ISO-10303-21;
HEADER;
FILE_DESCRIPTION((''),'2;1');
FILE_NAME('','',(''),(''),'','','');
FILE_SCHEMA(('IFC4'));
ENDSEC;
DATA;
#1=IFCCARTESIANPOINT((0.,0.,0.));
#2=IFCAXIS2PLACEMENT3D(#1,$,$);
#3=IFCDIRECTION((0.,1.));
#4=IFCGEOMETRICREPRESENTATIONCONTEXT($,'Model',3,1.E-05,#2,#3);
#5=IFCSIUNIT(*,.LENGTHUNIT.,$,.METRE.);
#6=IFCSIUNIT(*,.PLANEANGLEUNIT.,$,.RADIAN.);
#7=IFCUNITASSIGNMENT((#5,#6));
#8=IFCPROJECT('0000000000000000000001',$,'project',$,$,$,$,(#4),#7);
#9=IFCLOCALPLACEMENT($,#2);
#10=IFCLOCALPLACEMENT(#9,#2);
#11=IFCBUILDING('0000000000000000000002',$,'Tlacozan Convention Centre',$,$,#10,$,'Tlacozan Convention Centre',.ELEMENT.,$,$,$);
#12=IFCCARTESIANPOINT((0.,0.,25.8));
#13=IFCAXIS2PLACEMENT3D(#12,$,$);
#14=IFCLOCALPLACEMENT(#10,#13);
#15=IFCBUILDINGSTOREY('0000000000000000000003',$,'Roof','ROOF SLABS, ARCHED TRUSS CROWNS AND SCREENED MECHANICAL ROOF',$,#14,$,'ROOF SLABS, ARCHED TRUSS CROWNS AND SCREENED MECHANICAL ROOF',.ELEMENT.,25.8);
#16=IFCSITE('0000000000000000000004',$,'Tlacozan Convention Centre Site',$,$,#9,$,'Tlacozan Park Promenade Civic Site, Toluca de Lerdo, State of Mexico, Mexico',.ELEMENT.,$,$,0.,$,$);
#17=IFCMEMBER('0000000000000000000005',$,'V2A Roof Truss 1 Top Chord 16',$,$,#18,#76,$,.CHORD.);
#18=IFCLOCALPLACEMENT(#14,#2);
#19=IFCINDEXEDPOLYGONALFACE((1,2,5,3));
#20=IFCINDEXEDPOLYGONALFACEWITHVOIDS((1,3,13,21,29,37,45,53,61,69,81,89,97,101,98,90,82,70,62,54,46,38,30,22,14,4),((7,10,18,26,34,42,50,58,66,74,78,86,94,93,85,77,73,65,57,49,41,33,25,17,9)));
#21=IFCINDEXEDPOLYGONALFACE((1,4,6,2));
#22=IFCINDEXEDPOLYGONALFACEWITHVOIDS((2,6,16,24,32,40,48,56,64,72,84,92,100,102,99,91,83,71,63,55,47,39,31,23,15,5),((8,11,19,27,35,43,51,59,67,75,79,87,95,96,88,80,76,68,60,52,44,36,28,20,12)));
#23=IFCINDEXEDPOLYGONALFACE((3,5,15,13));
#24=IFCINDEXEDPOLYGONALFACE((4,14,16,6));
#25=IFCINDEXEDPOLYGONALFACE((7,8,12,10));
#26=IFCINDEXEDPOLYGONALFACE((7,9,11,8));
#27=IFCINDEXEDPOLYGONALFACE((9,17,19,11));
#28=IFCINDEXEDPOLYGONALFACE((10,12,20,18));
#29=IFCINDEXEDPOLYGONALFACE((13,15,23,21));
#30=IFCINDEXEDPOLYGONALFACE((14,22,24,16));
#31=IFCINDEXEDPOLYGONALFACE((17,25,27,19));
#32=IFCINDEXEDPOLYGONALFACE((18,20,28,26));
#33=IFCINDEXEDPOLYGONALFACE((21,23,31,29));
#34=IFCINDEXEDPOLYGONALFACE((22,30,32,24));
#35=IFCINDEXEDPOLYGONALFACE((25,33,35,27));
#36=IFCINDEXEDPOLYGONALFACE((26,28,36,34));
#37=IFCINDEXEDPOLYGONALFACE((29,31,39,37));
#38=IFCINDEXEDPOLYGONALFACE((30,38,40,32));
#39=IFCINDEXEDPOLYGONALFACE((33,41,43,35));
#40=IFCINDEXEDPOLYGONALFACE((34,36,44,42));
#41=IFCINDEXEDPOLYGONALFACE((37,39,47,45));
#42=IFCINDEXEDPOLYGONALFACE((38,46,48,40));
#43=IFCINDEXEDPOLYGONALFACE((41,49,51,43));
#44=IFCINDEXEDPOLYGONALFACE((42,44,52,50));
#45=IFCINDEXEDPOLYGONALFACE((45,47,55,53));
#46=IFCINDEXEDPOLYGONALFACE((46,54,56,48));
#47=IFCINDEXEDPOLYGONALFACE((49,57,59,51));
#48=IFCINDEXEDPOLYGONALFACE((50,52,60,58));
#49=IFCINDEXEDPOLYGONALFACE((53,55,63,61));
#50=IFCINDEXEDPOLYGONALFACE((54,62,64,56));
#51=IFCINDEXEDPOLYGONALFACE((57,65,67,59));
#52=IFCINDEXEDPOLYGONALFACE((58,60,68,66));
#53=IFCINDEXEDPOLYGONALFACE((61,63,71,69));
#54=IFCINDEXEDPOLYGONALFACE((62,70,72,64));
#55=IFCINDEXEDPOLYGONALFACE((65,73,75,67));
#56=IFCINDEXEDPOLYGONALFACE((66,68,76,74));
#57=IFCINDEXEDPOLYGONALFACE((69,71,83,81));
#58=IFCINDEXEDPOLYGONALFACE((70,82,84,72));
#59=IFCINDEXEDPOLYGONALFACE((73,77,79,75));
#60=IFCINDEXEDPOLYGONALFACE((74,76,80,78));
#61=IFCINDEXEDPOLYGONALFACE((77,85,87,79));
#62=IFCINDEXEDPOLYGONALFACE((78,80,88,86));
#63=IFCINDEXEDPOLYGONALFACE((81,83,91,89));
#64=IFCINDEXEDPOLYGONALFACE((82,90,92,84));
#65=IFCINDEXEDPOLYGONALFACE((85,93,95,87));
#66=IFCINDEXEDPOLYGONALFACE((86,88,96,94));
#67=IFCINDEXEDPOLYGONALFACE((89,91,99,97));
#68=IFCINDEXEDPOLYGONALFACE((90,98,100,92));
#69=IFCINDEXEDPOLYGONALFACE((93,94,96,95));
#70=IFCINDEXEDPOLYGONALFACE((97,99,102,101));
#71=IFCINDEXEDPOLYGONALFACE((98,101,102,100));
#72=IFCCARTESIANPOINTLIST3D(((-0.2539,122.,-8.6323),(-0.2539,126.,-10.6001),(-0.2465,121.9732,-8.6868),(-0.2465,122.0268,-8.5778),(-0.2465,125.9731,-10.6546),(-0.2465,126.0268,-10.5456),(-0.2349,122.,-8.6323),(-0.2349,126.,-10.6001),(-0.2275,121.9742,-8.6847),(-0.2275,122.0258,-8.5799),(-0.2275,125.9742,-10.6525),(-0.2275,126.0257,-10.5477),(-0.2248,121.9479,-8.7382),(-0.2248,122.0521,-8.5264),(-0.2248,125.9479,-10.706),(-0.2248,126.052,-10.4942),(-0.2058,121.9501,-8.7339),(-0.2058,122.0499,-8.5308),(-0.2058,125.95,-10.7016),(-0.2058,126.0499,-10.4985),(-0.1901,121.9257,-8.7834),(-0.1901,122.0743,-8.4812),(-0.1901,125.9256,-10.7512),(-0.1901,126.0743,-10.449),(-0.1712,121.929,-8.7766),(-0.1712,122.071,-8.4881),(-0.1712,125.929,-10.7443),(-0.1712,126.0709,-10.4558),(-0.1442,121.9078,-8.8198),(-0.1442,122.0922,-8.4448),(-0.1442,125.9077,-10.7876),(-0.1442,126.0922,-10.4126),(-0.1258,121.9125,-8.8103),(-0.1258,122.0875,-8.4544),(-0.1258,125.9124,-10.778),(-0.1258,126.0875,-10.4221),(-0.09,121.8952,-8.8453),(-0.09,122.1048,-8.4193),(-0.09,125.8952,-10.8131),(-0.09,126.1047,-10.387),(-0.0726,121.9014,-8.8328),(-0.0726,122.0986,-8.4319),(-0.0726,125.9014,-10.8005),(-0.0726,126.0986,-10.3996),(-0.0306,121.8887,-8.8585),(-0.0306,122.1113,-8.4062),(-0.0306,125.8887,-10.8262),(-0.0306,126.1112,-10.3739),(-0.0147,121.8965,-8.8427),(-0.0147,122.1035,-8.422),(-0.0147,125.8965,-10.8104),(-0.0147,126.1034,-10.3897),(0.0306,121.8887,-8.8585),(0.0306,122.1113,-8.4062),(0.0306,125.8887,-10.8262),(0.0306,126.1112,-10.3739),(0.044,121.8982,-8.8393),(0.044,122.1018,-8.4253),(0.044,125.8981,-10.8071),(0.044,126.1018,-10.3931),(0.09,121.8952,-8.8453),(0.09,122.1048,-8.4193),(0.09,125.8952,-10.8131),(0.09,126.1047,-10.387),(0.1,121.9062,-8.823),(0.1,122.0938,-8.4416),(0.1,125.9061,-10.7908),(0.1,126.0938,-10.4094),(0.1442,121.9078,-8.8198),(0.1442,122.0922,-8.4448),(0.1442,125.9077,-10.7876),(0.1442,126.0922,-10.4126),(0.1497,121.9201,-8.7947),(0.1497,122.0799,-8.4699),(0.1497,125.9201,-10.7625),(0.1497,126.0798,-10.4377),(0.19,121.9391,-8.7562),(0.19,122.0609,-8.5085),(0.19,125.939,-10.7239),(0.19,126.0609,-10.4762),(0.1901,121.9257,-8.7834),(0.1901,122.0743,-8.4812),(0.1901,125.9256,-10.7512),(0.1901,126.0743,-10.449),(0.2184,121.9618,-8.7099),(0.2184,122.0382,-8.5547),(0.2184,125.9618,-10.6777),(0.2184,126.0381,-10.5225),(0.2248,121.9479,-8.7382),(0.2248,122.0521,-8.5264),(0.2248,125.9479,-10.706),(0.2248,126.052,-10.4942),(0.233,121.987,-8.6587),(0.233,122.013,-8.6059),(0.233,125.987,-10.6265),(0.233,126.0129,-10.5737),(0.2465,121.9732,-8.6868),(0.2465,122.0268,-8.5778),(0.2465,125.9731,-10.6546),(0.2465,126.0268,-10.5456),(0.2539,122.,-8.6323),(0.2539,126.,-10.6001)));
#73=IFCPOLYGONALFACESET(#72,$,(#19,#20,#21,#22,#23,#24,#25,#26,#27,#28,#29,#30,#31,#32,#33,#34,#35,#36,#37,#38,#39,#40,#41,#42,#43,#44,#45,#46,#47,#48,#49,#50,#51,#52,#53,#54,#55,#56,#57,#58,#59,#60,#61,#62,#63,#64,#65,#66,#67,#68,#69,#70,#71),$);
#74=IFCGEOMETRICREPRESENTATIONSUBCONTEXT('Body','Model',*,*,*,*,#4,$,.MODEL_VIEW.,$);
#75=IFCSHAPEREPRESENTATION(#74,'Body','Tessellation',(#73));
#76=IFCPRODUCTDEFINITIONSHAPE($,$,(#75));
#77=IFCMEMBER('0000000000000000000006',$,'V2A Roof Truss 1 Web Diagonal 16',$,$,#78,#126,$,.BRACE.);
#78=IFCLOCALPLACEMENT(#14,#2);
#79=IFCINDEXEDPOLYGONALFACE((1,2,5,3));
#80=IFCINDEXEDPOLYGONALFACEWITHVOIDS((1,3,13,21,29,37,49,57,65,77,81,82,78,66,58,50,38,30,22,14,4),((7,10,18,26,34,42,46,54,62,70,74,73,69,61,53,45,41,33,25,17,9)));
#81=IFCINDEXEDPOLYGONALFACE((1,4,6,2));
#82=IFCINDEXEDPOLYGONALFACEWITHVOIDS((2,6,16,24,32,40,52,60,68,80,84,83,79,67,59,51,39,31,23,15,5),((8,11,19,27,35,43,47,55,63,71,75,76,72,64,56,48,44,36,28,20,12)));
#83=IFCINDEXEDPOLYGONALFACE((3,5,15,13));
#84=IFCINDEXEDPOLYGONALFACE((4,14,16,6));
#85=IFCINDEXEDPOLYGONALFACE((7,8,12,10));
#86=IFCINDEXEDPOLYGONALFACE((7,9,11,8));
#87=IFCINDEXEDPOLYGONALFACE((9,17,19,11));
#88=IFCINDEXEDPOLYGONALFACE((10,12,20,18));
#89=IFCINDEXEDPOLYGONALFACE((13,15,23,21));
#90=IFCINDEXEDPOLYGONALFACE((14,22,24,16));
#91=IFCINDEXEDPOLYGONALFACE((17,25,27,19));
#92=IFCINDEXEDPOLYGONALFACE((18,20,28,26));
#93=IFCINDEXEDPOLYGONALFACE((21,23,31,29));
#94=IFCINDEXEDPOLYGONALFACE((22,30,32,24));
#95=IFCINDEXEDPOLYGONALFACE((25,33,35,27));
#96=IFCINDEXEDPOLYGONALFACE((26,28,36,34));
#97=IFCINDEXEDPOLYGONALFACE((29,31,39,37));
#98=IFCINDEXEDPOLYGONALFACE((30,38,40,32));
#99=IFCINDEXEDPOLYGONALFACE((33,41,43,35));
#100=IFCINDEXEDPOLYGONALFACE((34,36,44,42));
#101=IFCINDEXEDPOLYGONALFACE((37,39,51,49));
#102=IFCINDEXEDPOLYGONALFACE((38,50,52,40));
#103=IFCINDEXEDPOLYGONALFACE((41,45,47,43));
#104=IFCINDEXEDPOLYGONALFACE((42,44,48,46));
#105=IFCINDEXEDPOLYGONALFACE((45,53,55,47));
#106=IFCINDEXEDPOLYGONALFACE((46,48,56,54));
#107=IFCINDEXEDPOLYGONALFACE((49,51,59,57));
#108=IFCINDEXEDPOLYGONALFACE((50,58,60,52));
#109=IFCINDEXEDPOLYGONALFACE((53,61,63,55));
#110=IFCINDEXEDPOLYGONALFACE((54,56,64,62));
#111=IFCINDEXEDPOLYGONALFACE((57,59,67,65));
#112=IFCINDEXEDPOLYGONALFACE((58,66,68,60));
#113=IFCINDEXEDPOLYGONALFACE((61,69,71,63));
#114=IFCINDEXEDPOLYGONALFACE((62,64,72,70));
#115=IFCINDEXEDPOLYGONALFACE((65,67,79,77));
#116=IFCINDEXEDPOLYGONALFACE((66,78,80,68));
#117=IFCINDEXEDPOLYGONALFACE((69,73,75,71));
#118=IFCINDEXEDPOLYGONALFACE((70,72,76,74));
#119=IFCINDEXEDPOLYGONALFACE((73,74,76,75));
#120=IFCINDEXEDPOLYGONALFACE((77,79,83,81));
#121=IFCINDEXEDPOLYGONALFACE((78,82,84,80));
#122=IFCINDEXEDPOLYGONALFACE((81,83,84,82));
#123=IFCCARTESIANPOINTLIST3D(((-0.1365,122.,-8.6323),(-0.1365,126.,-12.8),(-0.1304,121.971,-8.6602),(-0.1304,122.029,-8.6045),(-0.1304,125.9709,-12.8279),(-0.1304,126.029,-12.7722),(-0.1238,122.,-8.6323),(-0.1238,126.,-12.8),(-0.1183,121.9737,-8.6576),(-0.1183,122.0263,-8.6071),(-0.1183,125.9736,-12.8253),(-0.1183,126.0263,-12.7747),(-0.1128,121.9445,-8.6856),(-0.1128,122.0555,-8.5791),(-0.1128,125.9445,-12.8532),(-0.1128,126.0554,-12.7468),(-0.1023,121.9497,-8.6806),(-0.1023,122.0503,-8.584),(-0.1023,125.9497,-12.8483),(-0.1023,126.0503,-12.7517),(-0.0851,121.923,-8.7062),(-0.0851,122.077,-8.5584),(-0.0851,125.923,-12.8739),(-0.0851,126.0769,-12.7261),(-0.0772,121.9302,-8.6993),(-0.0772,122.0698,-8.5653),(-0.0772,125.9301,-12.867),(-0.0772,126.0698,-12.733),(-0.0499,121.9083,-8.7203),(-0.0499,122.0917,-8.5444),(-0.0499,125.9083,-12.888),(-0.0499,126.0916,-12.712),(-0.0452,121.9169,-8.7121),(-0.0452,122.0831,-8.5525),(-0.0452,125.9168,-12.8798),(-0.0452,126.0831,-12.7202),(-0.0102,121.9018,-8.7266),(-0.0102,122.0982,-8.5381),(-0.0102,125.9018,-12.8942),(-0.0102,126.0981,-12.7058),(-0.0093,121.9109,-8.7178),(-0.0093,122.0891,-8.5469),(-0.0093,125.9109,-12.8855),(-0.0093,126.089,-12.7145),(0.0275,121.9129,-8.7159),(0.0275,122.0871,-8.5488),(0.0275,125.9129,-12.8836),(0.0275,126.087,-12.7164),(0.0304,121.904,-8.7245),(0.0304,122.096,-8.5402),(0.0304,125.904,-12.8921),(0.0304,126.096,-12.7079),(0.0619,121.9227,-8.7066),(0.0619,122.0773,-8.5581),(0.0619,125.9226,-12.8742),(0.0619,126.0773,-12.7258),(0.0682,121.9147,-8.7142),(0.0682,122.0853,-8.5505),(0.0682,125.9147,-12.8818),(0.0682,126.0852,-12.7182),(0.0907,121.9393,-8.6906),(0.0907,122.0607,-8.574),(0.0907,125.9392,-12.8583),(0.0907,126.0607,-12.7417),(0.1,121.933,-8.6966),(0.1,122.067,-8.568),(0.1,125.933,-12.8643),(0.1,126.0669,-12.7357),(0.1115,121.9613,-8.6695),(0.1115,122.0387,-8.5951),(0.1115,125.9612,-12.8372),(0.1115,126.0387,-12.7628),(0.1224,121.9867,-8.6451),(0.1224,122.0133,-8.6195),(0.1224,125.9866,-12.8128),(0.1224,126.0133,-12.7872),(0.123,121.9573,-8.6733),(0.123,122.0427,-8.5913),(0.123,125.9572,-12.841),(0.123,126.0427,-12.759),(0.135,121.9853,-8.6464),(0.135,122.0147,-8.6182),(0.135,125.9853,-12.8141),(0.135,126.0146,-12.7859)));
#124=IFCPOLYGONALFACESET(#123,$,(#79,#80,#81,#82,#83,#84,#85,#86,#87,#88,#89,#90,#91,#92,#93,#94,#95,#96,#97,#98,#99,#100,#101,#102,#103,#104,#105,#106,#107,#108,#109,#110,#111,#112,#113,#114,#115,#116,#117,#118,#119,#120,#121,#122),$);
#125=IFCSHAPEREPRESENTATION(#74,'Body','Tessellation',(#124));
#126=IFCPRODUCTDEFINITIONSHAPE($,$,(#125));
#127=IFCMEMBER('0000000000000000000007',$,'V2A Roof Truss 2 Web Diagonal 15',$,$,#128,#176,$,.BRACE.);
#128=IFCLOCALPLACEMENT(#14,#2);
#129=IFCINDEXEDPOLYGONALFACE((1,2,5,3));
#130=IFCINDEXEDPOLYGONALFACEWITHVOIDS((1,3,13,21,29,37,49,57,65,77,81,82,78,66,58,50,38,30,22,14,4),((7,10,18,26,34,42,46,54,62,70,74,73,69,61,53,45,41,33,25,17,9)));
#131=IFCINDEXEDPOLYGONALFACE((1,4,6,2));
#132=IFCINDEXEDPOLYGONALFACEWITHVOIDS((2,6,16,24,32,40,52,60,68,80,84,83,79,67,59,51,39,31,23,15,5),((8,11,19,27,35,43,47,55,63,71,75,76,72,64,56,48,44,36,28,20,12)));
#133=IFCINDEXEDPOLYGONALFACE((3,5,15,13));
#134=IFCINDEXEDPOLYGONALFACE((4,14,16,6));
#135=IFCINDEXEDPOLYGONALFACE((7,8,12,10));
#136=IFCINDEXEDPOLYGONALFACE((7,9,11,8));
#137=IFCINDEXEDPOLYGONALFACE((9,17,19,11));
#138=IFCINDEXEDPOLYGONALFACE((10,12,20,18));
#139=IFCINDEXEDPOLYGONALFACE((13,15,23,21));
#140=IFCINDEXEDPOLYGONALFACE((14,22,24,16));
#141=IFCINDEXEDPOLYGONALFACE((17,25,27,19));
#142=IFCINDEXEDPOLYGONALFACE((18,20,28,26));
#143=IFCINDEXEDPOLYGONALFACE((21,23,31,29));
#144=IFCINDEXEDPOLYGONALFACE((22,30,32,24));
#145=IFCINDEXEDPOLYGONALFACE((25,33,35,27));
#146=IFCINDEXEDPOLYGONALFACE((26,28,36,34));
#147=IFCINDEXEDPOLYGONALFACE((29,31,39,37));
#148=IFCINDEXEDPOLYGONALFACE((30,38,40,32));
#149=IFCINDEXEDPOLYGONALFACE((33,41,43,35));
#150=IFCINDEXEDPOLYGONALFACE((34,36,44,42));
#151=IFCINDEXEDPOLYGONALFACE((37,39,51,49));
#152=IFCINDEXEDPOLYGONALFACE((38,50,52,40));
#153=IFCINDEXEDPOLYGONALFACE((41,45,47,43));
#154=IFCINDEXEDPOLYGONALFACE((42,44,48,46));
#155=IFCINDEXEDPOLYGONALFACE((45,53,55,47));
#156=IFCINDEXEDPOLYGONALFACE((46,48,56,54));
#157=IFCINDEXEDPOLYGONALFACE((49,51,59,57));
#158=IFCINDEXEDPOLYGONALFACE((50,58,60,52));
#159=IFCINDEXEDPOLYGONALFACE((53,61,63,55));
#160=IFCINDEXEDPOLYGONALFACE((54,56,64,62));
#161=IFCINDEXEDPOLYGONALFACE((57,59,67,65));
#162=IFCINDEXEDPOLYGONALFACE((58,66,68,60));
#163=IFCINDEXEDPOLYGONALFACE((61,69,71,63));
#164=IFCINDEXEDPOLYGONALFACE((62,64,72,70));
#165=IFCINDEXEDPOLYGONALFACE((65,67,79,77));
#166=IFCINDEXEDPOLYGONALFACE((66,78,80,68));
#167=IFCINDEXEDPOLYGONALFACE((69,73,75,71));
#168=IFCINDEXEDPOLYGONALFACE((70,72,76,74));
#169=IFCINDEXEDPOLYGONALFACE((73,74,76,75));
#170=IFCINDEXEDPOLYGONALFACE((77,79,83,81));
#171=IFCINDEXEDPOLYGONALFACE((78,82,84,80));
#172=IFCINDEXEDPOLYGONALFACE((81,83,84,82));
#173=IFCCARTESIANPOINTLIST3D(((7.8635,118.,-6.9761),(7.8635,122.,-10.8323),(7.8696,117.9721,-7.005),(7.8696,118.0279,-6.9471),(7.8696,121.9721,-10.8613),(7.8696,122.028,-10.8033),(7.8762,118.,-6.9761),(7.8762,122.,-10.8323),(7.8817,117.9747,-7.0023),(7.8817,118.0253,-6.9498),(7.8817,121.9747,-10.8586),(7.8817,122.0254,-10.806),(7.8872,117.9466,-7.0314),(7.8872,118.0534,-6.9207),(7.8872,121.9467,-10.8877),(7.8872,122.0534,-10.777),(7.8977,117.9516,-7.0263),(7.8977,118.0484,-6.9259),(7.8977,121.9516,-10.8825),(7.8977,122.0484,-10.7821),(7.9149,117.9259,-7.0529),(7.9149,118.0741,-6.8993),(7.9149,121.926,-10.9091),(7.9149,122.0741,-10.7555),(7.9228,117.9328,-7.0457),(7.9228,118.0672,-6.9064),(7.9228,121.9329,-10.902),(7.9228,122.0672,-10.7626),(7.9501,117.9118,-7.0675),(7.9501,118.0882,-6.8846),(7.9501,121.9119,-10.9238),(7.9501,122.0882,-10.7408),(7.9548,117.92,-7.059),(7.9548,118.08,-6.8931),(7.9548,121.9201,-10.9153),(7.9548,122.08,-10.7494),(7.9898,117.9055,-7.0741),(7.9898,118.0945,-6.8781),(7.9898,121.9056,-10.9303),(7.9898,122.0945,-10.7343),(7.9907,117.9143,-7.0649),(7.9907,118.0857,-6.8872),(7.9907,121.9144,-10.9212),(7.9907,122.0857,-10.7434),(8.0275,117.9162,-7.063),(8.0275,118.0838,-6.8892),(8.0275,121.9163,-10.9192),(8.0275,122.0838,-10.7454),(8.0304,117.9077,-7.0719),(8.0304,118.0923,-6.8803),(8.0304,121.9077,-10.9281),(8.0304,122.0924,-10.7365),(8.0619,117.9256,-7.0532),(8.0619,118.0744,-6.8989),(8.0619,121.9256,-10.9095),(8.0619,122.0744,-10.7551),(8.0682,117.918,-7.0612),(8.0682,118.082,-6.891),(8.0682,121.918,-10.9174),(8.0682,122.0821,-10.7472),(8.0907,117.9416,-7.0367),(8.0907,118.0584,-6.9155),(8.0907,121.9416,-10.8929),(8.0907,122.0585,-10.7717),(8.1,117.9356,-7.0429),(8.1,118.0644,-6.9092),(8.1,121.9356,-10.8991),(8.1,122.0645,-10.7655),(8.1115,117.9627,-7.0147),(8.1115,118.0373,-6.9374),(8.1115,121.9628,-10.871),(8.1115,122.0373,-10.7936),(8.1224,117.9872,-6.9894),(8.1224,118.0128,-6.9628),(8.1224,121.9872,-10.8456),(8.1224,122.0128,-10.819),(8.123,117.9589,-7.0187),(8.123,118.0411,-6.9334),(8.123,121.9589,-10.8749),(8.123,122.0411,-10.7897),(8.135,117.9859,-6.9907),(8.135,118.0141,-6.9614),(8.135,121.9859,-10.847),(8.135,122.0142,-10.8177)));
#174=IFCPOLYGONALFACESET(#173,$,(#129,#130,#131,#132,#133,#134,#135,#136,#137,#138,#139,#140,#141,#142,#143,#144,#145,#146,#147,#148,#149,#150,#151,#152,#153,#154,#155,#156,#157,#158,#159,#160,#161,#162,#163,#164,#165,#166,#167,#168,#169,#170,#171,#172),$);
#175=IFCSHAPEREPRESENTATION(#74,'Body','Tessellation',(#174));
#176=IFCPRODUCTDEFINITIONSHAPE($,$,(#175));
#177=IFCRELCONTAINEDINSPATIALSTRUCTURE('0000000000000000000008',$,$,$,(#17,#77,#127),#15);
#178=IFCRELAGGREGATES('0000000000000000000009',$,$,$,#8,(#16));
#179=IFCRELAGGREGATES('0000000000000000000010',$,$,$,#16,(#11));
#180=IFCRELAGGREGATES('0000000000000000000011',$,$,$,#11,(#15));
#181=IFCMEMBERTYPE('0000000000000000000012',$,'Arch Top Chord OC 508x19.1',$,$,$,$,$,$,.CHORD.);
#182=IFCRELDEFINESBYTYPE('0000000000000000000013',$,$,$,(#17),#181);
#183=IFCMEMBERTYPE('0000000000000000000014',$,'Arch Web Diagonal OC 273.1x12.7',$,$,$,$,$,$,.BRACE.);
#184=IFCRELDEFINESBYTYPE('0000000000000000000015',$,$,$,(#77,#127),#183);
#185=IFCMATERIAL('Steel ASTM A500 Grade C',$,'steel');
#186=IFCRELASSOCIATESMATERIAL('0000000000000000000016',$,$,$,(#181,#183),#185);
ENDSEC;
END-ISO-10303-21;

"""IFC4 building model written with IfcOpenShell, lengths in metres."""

from ifc_helpers import new_model, si_unit, direction, frame, origin, origin_2d, place, context, subcontext, project, spatial, hollow_circle, extrude, material, material_profile, profile_set, type_object, element, save


model = new_model("IFC4")

# Units and contexts
model_context = context("Model", 3, precision=1e-05, world=origin(), true_north=direction((0.0, 1.0)))
body_context = subcontext(model_context, "Body", "Model", "MODEL_VIEW")
ifc_project = project(units=[si_unit("LENGTHUNIT", "METRE"), si_unit("PLANEANGLEUNIT", "RADIAN")], contexts=[model_context])

# Site, building, storey
site_placement = place(None, origin())
site = spatial("IfcSite", under=ifc_project, at=site_placement, Name="Tlacozan Convention Centre Site", LongName="Tlacozan Park Promenade Civic Site, Toluca de Lerdo, State of Mexico, Mexico", CompositionType="ELEMENT", RefElevation=0.0)
building_placement = place(site_placement, origin())
building = spatial("IfcBuilding", under=site, at=building_placement, Name="Tlacozan Convention Centre", LongName="Tlacozan Convention Centre", CompositionType="ELEMENT")
storey_placement = place(building_placement, frame((0.0, 0.0, 25.8)))
storey = spatial("IfcBuildingStorey", under=building, at=storey_placement, Name="Roof", Description="ROOF SLABS, ARCHED TRUSS CROWNS AND SCREENED MECHANICAL ROOF", LongName="ROOF SLABS, ARCHED TRUSS CROWNS AND SCREENED MECHANICAL ROOF", CompositionType="ELEMENT", Elevation=25.8)

# Members
ifc_material_1 = material(Name="Steel ASTM A500 Grade C", Category="steel")
ifc_material_profile_1 = material_profile(ifc_material_1, hollow_circle(Radius=0.2539, WallThickness=0.019, at=origin_2d()), Name="OC 508.0x19.1")
ifc_profile_set_1 = profile_set([ifc_material_profile_1], Name="Steel ASTM A500 Grade C")
member_type_1 = type_object("IfcMemberType", Name="Arch Top Chord OC 508x19.1", PredefinedType="CHORD", material=ifc_profile_set_1)
member_1_placement = place(storey_placement, frame((0.0, 122.0, -8.6323), z_axis=(0.0, 0.8973, -0.441421), x_axis=(-1.0, 0.0, 0.0)))
element("IfcMember", 1, at=member_1_placement, inside=storey, type_object=member_type_1, Name="V2A Roof Truss 1 Top Chord 16", PredefinedType="CHORD", context=body_context, shape_type="SweptSolid", body=[
    extrude(hollow_circle(Radius=0.2539, WallThickness=0.019, at=origin_2d()), origin(), (0.0, 0.0, 1.0), 4.4578),
])
ifc_material_profile_2 = material_profile(ifc_material_1, hollow_circle(Radius=0.1365, WallThickness=0.0127, at=origin_2d()), Name="OC 273.1x12.7")
ifc_profile_set_2 = profile_set([ifc_material_profile_2], Name="Steel ASTM A500 Grade C")
member_type_2 = type_object("IfcMemberType", Name="Arch Web Diagonal OC 273.1x12.7", PredefinedType="BRACE", material=ifc_profile_set_2)
member_2_placement = place(storey_placement, frame((0.0, 122.0, -8.6323), z_axis=(0.0, 0.69244, -0.721475), x_axis=(-1.0, 0.0, 0.0)))
element("IfcMember", 2, at=member_2_placement, inside=storey, type_object=member_type_2, Name="V2A Roof Truss 1 Web Diagonal 16", PredefinedType="BRACE", context=body_context, shape_type="SweptSolid", body=[
    extrude(hollow_circle(Radius=0.1365, WallThickness=0.0127, at=origin_2d()), origin(), (0.0, 0.0, 1.0), 5.7766),
])
member_3_placement = place(storey_placement, frame((8.0, 118.0, -6.9761), z_axis=(0.0, 0.719929, -0.694048), x_axis=(-1.0, 0.0, 0.0)))
element("IfcMember", 3, at=member_3_placement, inside=storey, type_object=member_type_2, Name="V2A Roof Truss 2 Web Diagonal 15", PredefinedType="BRACE", context=body_context, shape_type="SweptSolid", body=[
    extrude(hollow_circle(Radius=0.1365, WallThickness=0.0127, at=origin_2d()), origin(), (0.0, 0.0, 1.0), 5.5562),
])

save(model, "model.ifc")
